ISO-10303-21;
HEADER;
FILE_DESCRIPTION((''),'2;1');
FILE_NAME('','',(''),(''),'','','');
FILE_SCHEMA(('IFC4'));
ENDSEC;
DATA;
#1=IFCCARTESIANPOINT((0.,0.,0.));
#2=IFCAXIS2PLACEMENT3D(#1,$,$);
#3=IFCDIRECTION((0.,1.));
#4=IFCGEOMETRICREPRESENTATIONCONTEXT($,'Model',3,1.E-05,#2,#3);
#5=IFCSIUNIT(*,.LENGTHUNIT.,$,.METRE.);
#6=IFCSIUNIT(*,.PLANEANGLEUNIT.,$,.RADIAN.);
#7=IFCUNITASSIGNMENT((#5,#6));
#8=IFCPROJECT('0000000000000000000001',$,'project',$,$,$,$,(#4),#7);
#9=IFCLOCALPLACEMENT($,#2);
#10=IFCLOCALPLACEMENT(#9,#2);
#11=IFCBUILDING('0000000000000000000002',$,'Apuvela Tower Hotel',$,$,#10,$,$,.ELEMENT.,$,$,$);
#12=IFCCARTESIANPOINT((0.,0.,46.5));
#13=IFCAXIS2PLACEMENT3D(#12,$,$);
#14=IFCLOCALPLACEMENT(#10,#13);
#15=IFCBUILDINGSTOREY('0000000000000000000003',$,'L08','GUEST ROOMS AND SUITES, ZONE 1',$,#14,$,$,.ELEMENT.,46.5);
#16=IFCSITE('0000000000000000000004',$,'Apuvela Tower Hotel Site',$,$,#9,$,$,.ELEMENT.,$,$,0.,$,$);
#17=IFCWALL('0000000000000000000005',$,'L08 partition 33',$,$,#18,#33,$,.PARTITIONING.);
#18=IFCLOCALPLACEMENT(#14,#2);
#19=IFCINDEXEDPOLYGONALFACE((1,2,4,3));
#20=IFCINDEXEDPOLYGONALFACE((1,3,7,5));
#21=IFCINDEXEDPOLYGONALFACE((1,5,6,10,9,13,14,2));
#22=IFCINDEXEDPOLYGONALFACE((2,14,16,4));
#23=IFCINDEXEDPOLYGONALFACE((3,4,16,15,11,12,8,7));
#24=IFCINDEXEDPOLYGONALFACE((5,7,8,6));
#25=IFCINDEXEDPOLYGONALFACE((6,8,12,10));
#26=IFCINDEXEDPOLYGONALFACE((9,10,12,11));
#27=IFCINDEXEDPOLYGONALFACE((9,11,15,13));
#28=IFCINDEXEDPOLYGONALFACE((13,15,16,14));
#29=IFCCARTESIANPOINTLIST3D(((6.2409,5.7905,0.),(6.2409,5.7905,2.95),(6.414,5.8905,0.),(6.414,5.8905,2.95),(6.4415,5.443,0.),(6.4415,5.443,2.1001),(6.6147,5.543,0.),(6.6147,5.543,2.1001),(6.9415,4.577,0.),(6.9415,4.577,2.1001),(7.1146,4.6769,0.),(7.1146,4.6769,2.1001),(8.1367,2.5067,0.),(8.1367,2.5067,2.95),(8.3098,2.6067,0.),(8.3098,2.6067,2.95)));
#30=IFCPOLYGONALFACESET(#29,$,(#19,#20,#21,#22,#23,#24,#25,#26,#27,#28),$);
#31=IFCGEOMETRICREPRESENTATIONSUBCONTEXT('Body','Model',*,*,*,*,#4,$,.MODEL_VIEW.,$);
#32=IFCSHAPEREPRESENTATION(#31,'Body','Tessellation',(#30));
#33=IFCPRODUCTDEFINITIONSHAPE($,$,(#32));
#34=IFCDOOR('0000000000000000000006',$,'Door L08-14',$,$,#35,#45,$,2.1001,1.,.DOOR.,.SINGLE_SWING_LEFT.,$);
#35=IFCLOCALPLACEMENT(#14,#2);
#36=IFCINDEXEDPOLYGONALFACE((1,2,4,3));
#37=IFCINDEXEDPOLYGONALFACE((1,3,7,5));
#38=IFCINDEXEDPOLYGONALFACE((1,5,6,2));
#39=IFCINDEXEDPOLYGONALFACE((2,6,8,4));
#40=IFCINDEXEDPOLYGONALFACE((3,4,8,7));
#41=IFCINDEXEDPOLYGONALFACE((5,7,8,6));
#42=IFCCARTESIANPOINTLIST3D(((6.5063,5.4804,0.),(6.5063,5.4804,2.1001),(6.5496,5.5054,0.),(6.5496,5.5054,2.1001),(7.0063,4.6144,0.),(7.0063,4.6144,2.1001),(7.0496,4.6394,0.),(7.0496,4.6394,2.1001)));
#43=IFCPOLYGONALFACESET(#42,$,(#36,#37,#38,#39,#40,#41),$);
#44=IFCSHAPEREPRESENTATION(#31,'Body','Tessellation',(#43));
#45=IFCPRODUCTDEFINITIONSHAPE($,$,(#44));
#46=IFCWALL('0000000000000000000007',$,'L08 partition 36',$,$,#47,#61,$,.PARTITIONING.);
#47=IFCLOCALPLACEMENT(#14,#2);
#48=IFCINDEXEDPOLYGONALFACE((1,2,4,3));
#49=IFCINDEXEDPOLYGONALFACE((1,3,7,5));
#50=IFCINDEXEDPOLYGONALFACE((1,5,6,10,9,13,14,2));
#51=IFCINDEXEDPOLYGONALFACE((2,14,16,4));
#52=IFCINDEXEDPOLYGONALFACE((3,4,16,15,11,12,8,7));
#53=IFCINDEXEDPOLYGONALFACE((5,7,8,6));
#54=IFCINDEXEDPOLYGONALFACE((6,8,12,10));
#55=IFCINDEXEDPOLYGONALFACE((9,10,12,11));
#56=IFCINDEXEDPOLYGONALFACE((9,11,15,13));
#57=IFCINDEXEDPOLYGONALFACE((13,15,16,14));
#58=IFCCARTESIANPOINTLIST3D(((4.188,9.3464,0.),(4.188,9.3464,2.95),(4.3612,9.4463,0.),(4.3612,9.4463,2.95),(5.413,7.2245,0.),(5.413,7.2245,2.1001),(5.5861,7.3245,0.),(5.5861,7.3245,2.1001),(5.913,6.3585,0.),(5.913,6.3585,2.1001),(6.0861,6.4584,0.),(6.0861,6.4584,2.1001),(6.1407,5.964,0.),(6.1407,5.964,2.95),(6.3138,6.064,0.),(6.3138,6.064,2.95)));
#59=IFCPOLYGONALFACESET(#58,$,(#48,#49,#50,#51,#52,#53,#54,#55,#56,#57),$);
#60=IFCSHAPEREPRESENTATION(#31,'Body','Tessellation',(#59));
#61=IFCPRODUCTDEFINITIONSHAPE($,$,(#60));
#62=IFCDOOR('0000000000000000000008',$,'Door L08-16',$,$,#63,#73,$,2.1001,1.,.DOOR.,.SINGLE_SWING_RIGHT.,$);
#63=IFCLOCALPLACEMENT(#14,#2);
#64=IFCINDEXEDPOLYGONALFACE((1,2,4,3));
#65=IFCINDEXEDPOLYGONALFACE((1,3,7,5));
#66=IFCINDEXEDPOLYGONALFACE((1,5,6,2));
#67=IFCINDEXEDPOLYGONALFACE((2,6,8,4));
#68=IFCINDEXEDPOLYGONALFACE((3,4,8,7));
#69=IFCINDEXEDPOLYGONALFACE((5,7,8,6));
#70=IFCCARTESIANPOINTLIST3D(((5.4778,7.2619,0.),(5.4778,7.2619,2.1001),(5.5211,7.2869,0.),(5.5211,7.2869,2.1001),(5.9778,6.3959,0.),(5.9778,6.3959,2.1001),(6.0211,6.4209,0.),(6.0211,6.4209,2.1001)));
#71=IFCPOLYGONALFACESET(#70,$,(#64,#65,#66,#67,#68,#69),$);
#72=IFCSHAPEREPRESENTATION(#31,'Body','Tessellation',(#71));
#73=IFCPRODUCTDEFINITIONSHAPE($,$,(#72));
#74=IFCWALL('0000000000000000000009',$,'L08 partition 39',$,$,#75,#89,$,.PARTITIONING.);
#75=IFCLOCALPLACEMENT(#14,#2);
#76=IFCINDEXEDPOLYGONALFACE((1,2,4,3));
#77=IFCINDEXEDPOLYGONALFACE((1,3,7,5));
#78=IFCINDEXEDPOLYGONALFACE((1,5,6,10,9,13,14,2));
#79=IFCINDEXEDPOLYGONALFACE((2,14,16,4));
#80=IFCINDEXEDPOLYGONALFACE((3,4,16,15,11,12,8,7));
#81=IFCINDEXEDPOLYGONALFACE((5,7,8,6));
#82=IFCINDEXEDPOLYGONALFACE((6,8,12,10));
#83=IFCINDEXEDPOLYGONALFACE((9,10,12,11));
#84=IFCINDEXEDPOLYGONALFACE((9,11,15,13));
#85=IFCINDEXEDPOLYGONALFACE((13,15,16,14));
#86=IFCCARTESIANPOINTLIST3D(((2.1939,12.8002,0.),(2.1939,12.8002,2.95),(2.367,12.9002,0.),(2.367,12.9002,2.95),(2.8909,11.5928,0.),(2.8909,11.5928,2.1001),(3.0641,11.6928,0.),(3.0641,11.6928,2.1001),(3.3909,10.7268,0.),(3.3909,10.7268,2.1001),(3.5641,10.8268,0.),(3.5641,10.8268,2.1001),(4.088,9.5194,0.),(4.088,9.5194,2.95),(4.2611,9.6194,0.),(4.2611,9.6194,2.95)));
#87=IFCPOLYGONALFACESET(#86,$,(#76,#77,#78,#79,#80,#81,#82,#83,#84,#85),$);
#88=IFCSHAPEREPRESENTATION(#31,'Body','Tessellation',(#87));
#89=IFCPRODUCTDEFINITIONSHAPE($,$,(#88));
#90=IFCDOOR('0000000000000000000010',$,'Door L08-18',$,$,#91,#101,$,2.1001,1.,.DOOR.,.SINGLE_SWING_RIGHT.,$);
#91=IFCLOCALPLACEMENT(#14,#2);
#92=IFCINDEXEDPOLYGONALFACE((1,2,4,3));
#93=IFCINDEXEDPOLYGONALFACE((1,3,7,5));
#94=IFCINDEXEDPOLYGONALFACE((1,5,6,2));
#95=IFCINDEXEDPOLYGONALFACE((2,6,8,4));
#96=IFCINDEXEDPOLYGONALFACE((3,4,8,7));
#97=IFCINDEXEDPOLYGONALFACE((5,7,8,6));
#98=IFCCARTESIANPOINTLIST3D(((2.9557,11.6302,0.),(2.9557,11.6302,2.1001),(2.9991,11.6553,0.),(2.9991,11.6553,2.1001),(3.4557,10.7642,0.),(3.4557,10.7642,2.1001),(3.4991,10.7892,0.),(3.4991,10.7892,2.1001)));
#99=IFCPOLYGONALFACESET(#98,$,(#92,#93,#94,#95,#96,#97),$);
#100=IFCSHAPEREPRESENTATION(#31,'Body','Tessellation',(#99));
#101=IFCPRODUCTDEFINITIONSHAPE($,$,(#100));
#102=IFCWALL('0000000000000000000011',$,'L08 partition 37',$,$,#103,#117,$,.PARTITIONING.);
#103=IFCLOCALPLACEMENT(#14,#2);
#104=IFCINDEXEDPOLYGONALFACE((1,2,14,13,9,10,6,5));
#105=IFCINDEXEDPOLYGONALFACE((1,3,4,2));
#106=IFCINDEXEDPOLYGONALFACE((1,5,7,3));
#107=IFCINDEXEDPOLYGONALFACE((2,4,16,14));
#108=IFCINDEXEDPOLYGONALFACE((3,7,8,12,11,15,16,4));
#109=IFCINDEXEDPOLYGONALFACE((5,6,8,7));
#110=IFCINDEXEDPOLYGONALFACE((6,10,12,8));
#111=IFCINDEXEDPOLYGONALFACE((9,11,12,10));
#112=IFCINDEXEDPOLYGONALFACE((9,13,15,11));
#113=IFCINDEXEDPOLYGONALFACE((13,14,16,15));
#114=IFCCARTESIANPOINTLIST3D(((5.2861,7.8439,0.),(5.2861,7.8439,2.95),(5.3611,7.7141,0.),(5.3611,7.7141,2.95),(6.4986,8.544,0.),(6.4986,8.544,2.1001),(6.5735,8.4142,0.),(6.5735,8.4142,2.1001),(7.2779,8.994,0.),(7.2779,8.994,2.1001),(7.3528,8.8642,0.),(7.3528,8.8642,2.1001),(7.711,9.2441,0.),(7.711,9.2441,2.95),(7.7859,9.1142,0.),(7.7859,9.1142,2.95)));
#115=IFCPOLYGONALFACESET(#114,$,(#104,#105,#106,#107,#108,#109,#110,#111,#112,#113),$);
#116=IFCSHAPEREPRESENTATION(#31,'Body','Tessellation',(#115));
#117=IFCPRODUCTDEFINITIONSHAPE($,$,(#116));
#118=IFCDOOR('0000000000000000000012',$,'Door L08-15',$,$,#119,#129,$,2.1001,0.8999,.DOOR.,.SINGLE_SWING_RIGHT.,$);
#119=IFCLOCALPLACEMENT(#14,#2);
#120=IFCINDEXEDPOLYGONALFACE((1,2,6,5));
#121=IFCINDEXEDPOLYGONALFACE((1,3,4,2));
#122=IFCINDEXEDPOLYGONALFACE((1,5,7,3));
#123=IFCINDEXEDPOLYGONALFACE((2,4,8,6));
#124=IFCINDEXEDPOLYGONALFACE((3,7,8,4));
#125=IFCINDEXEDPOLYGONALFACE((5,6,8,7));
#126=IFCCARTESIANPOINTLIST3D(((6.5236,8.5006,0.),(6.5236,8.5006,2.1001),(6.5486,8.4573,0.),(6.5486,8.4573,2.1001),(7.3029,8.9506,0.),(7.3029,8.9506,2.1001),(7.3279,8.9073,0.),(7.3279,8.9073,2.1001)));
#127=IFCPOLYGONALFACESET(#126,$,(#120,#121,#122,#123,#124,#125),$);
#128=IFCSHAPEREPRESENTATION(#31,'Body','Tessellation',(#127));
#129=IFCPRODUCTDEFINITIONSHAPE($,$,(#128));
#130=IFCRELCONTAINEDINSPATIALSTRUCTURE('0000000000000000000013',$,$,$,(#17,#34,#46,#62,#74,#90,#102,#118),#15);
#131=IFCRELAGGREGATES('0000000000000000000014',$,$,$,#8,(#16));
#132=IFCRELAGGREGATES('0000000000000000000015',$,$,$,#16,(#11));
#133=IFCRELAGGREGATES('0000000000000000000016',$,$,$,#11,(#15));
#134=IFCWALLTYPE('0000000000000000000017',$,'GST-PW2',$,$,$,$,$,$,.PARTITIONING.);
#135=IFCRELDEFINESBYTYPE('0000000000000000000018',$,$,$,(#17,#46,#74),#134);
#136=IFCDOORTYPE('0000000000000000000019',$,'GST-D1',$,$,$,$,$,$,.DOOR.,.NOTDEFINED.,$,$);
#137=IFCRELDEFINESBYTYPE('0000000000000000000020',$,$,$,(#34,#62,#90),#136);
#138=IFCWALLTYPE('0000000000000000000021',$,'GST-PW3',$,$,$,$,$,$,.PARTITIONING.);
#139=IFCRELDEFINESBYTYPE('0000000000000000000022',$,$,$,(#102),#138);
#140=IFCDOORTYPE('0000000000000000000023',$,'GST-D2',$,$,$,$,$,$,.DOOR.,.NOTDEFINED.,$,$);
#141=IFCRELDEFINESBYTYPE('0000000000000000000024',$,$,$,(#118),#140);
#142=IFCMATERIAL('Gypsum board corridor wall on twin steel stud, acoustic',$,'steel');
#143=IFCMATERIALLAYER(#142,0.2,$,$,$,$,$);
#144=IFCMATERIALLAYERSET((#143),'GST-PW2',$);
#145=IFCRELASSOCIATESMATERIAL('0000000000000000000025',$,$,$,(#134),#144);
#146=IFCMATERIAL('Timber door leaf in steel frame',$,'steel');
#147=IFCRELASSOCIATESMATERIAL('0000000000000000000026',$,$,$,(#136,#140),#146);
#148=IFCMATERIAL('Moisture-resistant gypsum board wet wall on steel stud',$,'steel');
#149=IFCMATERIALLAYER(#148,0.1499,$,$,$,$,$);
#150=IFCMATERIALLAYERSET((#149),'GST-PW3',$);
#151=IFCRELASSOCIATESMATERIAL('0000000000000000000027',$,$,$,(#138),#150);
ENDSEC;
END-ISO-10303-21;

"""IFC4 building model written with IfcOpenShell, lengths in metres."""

from ifc_helpers import new_model, si_unit, direction, frame, frame_2d, origin, place, context, subcontext, project, spatial, rectangle, extrude, material, layer, layer_set, type_object, element, fill, save


model = new_model("IFC4")

# Units and contexts
model_context = context("Model", 3, precision=1e-05, world=origin(), true_north=direction((0.0, 1.0)))
body_context = subcontext(model_context, "Body", "Model", "MODEL_VIEW")
ifc_project = project(units=[si_unit("LENGTHUNIT", "METRE"), si_unit("PLANEANGLEUNIT", "RADIAN")], contexts=[model_context])

# Site, building, storey
site_placement = place(None, origin())
site = spatial("IfcSite", under=ifc_project, at=site_placement, Name="Apuvela Tower Hotel Site", CompositionType="ELEMENT", RefElevation=0.0)
building_placement = place(site_placement, origin())
building = spatial("IfcBuilding", under=site, at=building_placement, Name="Apuvela Tower Hotel", CompositionType="ELEMENT")
storey_placement = place(building_placement, frame((0.0, 0.0, 46.5)))
storey = spatial("IfcBuildingStorey", under=building, at=storey_placement, Name="L08", Description="GUEST ROOMS AND SUITES, ZONE 1", CompositionType="ELEMENT", Elevation=46.5)

# Walls, openings, doors
ifc_material_1 = material(Name="Gypsum board corridor wall on twin steel stud, acoustic", Category="steel")
ifc_layer_1 = layer(ifc_material_1, 0.2)
ifc_layer_set_1 = layer_set([ifc_layer_1], Name="GST-PW2")
wall_type_1 = type_object("IfcWallType", Name="GST-PW2", PredefinedType="PARTITIONING", material=ifc_layer_set_1)
wall_1_placement = place(storey_placement, frame((6.3274, 5.8406, 0.0), z_axis=(0.0, 0.0, 1.0), x_axis=(0.499983, -0.866035, 0.0)))
wall_1 = element("IfcWall", 1, at=wall_1_placement, inside=storey, type_object=wall_type_1, Name="L08 partition 33", PredefinedType="PARTITIONING", context=body_context, shape_type="SweptSolid", body=[
    extrude(rectangle(XDim=3.7917, YDim=0.2, at=frame_2d((1.896, 0.0))), origin(), (0.0, 0.0, 1.0), 2.95),
])
opening_1_placement = place(wall_1_placement, frame((0.4014, 0.0, 0.0)))
opening_1 = element("IfcOpeningElement", 2, at=opening_1_placement, cuts=wall_1, PredefinedType="OPENING", context=body_context, shape_type="SweptSolid", body=[
    extrude(rectangle(XDim=1.0, YDim=2.1001, at=frame_2d((0.5, 1.05))), frame((0.0, 0.1099, 0.0), z_axis=(0.0, -1.0, 0.0), x_axis=(1.0, 0.0, 0.0)), (0.0, 0.0, 1.0), 0.22),
])
ifc_material_2 = material(Name="Timber door leaf in steel frame", Category="steel")
door_type_1 = type_object("IfcDoorType", Name="GST-D1", OperationType="NOTDEFINED", PredefinedType="DOOR", material=ifc_material_2)
door_1_placement = place(opening_1_placement, origin())
door_1 = element("IfcDoor", 3, at=door_1_placement, inside=storey, type_object=door_type_1, Name="Door L08-14", OperationType="SINGLE_SWING_LEFT", OverallHeight=2.1001, OverallWidth=1.0, PredefinedType="DOOR", context=body_context, shape_type="SweptSolid", body=[
    extrude(rectangle(XDim=1.0, YDim=2.1001, at=frame_2d((0.5, 1.05))), frame((0.0, 0.0249, 0.0), z_axis=(0.0, -1.0, 0.0), x_axis=(1.0, 0.0, 0.0)), (0.0, 0.0, 1.0), 0.05),
])
fill(opening_1, door_1)
wall_2_placement = place(storey_placement, frame((4.2747, 9.3962, 0.0), z_axis=(0.0, 0.0, 1.0), x_axis=(0.499971, -0.866042, 0.0)))
wall_2 = element("IfcWall", 4, at=wall_2_placement, inside=storey, type_object=wall_type_1, Name="L08 partition 36", PredefinedType="PARTITIONING", context=body_context, shape_type="SweptSolid", body=[
    extrude(rectangle(XDim=3.9055, YDim=0.2, at=frame_2d((1.9526, 0.0))), origin(), (0.0, 0.0, 1.0), 2.95),
])
opening_2_placement = place(wall_2_placement, frame((2.45, 0.0, 0.0)))
opening_2 = element("IfcOpeningElement", 5, at=opening_2_placement, cuts=wall_2, PredefinedType="OPENING", context=body_context, shape_type="SweptSolid", body=[
    extrude(rectangle(XDim=1.0, YDim=2.1001, at=frame_2d((0.5, 1.05))), frame((0.0, 0.1099, 0.0), z_axis=(0.0, -1.0, 0.0), x_axis=(1.0, 0.0, 0.0)), (0.0, 0.0, 1.0), 0.22),
])
door_2_placement = place(opening_2_placement, origin())
door_2 = element("IfcDoor", 6, at=door_2_placement, inside=storey, type_object=door_type_1, Name="Door L08-16", OperationType="SINGLE_SWING_RIGHT", OverallHeight=2.1001, OverallWidth=1.0, PredefinedType="DOOR", context=body_context, shape_type="SweptSolid", body=[
    extrude(rectangle(XDim=1.0, YDim=2.1001, at=frame_2d((0.5, 1.05))), frame((0.0, 0.0249, 0.0), z_axis=(0.0, -1.0, 0.0), x_axis=(1.0, 0.0, 0.0)), (0.0, 0.0, 1.0), 0.05),
])
fill(opening_2, door_2)
wall_3_placement = place(storey_placement, frame((2.2805, 12.8501, 0.0), z_axis=(0.0, 0.0, 1.0), x_axis=(0.499979, -0.866037, 0.0)))
wall_3 = element("IfcWall", 7, at=wall_3_placement, inside=storey, type_object=wall_type_1, Name="L08 partition 39", PredefinedType="PARTITIONING", context=body_context, shape_type="SweptSolid", body=[
    extrude(rectangle(XDim=3.7883, YDim=0.2, at=frame_2d((1.894, 0.0))), origin(), (0.0, 0.0, 1.0), 2.95),
])
opening_3_placement = place(wall_3_placement, frame((1.394, 0.0, 0.0)))
opening_3 = element("IfcOpeningElement", 8, at=opening_3_placement, cuts=wall_3, PredefinedType="OPENING", context=body_context, shape_type="SweptSolid", body=[
    extrude(rectangle(XDim=1.0, YDim=2.1001, at=frame_2d((0.5, 1.05))), frame((0.0, 0.1099, 0.0), z_axis=(0.0, -1.0, 0.0), x_axis=(1.0, 0.0, 0.0)), (0.0, 0.0, 1.0), 0.22),
])
door_3_placement = place(opening_3_placement, origin())
door_3 = element("IfcDoor", 9, at=door_3_placement, inside=storey, type_object=door_type_1, Name="Door L08-18", OperationType="SINGLE_SWING_RIGHT", OverallHeight=2.1001, OverallWidth=1.0, PredefinedType="DOOR", context=body_context, shape_type="SweptSolid", body=[
    extrude(rectangle(XDim=1.0, YDim=2.1001, at=frame_2d((0.5, 1.05))), frame((0.0, 0.0249, 0.0), z_axis=(0.0, -1.0, 0.0), x_axis=(1.0, 0.0, 0.0)), (0.0, 0.0, 1.0), 0.05),
])
fill(opening_3, door_3)
ifc_material_3 = material(Name="Moisture-resistant gypsum board wet wall on steel stud", Category="steel")
ifc_layer_2 = layer(ifc_material_3, 0.1499)
ifc_layer_set_2 = layer_set([ifc_layer_2], Name="GST-PW3")
wall_type_2 = type_object("IfcWallType", Name="GST-PW3", PredefinedType="PARTITIONING", material=ifc_layer_set_2)
wall_4_placement = place(storey_placement, frame((5.3237, 7.7791, 0.0), z_axis=(0.0, 0.0, 1.0), x_axis=(0.865997, 0.50005, 0.0)))
wall_4 = element("IfcWall", 10, at=wall_4_placement, inside=storey, type_object=wall_type_2, Name="L08 partition 37", PredefinedType="PARTITIONING", context=body_context, shape_type="SweptSolid", body=[
    extrude(rectangle(XDim=2.8, YDim=0.1499, at=frame_2d((1.3999, 0.0))), origin(), (0.0, 0.0, 1.0), 2.95),
])
opening_4_placement = place(wall_4_placement, frame((1.3999, 0.0, 0.0)))
opening_4 = element("IfcOpeningElement", 11, at=opening_4_placement, cuts=wall_4, PredefinedType="OPENING", context=body_context, shape_type="SweptSolid", body=[
    extrude(rectangle(XDim=0.8999, YDim=2.1001, at=frame_2d((0.45, 1.05))), frame((0.0, 0.085, 0.0), z_axis=(0.0, -1.0, 0.0), x_axis=(1.0, 0.0, 0.0)), (0.0, 0.0, 1.0), 0.1699),
])
door_type_2 = type_object("IfcDoorType", Name="GST-D2", OperationType="NOTDEFINED", PredefinedType="DOOR", material=ifc_material_2)
door_4_placement = place(opening_4_placement, origin())
door_4 = element("IfcDoor", 12, at=door_4_placement, inside=storey, type_object=door_type_2, Name="Door L08-15", OperationType="SINGLE_SWING_RIGHT", OverallHeight=2.1001, OverallWidth=0.8999, PredefinedType="DOOR", context=body_context, shape_type="SweptSolid", body=[
    extrude(rectangle(XDim=0.8999, YDim=2.1001, at=frame_2d((0.45, 1.05))), frame((0.0, 0.0249, 0.0), z_axis=(0.0, -1.0, 0.0), x_axis=(1.0, 0.0, 0.0)), (0.0, 0.0, 1.0), 0.05),
])
fill(opening_4, door_4)

save(model, "model.ifc")
